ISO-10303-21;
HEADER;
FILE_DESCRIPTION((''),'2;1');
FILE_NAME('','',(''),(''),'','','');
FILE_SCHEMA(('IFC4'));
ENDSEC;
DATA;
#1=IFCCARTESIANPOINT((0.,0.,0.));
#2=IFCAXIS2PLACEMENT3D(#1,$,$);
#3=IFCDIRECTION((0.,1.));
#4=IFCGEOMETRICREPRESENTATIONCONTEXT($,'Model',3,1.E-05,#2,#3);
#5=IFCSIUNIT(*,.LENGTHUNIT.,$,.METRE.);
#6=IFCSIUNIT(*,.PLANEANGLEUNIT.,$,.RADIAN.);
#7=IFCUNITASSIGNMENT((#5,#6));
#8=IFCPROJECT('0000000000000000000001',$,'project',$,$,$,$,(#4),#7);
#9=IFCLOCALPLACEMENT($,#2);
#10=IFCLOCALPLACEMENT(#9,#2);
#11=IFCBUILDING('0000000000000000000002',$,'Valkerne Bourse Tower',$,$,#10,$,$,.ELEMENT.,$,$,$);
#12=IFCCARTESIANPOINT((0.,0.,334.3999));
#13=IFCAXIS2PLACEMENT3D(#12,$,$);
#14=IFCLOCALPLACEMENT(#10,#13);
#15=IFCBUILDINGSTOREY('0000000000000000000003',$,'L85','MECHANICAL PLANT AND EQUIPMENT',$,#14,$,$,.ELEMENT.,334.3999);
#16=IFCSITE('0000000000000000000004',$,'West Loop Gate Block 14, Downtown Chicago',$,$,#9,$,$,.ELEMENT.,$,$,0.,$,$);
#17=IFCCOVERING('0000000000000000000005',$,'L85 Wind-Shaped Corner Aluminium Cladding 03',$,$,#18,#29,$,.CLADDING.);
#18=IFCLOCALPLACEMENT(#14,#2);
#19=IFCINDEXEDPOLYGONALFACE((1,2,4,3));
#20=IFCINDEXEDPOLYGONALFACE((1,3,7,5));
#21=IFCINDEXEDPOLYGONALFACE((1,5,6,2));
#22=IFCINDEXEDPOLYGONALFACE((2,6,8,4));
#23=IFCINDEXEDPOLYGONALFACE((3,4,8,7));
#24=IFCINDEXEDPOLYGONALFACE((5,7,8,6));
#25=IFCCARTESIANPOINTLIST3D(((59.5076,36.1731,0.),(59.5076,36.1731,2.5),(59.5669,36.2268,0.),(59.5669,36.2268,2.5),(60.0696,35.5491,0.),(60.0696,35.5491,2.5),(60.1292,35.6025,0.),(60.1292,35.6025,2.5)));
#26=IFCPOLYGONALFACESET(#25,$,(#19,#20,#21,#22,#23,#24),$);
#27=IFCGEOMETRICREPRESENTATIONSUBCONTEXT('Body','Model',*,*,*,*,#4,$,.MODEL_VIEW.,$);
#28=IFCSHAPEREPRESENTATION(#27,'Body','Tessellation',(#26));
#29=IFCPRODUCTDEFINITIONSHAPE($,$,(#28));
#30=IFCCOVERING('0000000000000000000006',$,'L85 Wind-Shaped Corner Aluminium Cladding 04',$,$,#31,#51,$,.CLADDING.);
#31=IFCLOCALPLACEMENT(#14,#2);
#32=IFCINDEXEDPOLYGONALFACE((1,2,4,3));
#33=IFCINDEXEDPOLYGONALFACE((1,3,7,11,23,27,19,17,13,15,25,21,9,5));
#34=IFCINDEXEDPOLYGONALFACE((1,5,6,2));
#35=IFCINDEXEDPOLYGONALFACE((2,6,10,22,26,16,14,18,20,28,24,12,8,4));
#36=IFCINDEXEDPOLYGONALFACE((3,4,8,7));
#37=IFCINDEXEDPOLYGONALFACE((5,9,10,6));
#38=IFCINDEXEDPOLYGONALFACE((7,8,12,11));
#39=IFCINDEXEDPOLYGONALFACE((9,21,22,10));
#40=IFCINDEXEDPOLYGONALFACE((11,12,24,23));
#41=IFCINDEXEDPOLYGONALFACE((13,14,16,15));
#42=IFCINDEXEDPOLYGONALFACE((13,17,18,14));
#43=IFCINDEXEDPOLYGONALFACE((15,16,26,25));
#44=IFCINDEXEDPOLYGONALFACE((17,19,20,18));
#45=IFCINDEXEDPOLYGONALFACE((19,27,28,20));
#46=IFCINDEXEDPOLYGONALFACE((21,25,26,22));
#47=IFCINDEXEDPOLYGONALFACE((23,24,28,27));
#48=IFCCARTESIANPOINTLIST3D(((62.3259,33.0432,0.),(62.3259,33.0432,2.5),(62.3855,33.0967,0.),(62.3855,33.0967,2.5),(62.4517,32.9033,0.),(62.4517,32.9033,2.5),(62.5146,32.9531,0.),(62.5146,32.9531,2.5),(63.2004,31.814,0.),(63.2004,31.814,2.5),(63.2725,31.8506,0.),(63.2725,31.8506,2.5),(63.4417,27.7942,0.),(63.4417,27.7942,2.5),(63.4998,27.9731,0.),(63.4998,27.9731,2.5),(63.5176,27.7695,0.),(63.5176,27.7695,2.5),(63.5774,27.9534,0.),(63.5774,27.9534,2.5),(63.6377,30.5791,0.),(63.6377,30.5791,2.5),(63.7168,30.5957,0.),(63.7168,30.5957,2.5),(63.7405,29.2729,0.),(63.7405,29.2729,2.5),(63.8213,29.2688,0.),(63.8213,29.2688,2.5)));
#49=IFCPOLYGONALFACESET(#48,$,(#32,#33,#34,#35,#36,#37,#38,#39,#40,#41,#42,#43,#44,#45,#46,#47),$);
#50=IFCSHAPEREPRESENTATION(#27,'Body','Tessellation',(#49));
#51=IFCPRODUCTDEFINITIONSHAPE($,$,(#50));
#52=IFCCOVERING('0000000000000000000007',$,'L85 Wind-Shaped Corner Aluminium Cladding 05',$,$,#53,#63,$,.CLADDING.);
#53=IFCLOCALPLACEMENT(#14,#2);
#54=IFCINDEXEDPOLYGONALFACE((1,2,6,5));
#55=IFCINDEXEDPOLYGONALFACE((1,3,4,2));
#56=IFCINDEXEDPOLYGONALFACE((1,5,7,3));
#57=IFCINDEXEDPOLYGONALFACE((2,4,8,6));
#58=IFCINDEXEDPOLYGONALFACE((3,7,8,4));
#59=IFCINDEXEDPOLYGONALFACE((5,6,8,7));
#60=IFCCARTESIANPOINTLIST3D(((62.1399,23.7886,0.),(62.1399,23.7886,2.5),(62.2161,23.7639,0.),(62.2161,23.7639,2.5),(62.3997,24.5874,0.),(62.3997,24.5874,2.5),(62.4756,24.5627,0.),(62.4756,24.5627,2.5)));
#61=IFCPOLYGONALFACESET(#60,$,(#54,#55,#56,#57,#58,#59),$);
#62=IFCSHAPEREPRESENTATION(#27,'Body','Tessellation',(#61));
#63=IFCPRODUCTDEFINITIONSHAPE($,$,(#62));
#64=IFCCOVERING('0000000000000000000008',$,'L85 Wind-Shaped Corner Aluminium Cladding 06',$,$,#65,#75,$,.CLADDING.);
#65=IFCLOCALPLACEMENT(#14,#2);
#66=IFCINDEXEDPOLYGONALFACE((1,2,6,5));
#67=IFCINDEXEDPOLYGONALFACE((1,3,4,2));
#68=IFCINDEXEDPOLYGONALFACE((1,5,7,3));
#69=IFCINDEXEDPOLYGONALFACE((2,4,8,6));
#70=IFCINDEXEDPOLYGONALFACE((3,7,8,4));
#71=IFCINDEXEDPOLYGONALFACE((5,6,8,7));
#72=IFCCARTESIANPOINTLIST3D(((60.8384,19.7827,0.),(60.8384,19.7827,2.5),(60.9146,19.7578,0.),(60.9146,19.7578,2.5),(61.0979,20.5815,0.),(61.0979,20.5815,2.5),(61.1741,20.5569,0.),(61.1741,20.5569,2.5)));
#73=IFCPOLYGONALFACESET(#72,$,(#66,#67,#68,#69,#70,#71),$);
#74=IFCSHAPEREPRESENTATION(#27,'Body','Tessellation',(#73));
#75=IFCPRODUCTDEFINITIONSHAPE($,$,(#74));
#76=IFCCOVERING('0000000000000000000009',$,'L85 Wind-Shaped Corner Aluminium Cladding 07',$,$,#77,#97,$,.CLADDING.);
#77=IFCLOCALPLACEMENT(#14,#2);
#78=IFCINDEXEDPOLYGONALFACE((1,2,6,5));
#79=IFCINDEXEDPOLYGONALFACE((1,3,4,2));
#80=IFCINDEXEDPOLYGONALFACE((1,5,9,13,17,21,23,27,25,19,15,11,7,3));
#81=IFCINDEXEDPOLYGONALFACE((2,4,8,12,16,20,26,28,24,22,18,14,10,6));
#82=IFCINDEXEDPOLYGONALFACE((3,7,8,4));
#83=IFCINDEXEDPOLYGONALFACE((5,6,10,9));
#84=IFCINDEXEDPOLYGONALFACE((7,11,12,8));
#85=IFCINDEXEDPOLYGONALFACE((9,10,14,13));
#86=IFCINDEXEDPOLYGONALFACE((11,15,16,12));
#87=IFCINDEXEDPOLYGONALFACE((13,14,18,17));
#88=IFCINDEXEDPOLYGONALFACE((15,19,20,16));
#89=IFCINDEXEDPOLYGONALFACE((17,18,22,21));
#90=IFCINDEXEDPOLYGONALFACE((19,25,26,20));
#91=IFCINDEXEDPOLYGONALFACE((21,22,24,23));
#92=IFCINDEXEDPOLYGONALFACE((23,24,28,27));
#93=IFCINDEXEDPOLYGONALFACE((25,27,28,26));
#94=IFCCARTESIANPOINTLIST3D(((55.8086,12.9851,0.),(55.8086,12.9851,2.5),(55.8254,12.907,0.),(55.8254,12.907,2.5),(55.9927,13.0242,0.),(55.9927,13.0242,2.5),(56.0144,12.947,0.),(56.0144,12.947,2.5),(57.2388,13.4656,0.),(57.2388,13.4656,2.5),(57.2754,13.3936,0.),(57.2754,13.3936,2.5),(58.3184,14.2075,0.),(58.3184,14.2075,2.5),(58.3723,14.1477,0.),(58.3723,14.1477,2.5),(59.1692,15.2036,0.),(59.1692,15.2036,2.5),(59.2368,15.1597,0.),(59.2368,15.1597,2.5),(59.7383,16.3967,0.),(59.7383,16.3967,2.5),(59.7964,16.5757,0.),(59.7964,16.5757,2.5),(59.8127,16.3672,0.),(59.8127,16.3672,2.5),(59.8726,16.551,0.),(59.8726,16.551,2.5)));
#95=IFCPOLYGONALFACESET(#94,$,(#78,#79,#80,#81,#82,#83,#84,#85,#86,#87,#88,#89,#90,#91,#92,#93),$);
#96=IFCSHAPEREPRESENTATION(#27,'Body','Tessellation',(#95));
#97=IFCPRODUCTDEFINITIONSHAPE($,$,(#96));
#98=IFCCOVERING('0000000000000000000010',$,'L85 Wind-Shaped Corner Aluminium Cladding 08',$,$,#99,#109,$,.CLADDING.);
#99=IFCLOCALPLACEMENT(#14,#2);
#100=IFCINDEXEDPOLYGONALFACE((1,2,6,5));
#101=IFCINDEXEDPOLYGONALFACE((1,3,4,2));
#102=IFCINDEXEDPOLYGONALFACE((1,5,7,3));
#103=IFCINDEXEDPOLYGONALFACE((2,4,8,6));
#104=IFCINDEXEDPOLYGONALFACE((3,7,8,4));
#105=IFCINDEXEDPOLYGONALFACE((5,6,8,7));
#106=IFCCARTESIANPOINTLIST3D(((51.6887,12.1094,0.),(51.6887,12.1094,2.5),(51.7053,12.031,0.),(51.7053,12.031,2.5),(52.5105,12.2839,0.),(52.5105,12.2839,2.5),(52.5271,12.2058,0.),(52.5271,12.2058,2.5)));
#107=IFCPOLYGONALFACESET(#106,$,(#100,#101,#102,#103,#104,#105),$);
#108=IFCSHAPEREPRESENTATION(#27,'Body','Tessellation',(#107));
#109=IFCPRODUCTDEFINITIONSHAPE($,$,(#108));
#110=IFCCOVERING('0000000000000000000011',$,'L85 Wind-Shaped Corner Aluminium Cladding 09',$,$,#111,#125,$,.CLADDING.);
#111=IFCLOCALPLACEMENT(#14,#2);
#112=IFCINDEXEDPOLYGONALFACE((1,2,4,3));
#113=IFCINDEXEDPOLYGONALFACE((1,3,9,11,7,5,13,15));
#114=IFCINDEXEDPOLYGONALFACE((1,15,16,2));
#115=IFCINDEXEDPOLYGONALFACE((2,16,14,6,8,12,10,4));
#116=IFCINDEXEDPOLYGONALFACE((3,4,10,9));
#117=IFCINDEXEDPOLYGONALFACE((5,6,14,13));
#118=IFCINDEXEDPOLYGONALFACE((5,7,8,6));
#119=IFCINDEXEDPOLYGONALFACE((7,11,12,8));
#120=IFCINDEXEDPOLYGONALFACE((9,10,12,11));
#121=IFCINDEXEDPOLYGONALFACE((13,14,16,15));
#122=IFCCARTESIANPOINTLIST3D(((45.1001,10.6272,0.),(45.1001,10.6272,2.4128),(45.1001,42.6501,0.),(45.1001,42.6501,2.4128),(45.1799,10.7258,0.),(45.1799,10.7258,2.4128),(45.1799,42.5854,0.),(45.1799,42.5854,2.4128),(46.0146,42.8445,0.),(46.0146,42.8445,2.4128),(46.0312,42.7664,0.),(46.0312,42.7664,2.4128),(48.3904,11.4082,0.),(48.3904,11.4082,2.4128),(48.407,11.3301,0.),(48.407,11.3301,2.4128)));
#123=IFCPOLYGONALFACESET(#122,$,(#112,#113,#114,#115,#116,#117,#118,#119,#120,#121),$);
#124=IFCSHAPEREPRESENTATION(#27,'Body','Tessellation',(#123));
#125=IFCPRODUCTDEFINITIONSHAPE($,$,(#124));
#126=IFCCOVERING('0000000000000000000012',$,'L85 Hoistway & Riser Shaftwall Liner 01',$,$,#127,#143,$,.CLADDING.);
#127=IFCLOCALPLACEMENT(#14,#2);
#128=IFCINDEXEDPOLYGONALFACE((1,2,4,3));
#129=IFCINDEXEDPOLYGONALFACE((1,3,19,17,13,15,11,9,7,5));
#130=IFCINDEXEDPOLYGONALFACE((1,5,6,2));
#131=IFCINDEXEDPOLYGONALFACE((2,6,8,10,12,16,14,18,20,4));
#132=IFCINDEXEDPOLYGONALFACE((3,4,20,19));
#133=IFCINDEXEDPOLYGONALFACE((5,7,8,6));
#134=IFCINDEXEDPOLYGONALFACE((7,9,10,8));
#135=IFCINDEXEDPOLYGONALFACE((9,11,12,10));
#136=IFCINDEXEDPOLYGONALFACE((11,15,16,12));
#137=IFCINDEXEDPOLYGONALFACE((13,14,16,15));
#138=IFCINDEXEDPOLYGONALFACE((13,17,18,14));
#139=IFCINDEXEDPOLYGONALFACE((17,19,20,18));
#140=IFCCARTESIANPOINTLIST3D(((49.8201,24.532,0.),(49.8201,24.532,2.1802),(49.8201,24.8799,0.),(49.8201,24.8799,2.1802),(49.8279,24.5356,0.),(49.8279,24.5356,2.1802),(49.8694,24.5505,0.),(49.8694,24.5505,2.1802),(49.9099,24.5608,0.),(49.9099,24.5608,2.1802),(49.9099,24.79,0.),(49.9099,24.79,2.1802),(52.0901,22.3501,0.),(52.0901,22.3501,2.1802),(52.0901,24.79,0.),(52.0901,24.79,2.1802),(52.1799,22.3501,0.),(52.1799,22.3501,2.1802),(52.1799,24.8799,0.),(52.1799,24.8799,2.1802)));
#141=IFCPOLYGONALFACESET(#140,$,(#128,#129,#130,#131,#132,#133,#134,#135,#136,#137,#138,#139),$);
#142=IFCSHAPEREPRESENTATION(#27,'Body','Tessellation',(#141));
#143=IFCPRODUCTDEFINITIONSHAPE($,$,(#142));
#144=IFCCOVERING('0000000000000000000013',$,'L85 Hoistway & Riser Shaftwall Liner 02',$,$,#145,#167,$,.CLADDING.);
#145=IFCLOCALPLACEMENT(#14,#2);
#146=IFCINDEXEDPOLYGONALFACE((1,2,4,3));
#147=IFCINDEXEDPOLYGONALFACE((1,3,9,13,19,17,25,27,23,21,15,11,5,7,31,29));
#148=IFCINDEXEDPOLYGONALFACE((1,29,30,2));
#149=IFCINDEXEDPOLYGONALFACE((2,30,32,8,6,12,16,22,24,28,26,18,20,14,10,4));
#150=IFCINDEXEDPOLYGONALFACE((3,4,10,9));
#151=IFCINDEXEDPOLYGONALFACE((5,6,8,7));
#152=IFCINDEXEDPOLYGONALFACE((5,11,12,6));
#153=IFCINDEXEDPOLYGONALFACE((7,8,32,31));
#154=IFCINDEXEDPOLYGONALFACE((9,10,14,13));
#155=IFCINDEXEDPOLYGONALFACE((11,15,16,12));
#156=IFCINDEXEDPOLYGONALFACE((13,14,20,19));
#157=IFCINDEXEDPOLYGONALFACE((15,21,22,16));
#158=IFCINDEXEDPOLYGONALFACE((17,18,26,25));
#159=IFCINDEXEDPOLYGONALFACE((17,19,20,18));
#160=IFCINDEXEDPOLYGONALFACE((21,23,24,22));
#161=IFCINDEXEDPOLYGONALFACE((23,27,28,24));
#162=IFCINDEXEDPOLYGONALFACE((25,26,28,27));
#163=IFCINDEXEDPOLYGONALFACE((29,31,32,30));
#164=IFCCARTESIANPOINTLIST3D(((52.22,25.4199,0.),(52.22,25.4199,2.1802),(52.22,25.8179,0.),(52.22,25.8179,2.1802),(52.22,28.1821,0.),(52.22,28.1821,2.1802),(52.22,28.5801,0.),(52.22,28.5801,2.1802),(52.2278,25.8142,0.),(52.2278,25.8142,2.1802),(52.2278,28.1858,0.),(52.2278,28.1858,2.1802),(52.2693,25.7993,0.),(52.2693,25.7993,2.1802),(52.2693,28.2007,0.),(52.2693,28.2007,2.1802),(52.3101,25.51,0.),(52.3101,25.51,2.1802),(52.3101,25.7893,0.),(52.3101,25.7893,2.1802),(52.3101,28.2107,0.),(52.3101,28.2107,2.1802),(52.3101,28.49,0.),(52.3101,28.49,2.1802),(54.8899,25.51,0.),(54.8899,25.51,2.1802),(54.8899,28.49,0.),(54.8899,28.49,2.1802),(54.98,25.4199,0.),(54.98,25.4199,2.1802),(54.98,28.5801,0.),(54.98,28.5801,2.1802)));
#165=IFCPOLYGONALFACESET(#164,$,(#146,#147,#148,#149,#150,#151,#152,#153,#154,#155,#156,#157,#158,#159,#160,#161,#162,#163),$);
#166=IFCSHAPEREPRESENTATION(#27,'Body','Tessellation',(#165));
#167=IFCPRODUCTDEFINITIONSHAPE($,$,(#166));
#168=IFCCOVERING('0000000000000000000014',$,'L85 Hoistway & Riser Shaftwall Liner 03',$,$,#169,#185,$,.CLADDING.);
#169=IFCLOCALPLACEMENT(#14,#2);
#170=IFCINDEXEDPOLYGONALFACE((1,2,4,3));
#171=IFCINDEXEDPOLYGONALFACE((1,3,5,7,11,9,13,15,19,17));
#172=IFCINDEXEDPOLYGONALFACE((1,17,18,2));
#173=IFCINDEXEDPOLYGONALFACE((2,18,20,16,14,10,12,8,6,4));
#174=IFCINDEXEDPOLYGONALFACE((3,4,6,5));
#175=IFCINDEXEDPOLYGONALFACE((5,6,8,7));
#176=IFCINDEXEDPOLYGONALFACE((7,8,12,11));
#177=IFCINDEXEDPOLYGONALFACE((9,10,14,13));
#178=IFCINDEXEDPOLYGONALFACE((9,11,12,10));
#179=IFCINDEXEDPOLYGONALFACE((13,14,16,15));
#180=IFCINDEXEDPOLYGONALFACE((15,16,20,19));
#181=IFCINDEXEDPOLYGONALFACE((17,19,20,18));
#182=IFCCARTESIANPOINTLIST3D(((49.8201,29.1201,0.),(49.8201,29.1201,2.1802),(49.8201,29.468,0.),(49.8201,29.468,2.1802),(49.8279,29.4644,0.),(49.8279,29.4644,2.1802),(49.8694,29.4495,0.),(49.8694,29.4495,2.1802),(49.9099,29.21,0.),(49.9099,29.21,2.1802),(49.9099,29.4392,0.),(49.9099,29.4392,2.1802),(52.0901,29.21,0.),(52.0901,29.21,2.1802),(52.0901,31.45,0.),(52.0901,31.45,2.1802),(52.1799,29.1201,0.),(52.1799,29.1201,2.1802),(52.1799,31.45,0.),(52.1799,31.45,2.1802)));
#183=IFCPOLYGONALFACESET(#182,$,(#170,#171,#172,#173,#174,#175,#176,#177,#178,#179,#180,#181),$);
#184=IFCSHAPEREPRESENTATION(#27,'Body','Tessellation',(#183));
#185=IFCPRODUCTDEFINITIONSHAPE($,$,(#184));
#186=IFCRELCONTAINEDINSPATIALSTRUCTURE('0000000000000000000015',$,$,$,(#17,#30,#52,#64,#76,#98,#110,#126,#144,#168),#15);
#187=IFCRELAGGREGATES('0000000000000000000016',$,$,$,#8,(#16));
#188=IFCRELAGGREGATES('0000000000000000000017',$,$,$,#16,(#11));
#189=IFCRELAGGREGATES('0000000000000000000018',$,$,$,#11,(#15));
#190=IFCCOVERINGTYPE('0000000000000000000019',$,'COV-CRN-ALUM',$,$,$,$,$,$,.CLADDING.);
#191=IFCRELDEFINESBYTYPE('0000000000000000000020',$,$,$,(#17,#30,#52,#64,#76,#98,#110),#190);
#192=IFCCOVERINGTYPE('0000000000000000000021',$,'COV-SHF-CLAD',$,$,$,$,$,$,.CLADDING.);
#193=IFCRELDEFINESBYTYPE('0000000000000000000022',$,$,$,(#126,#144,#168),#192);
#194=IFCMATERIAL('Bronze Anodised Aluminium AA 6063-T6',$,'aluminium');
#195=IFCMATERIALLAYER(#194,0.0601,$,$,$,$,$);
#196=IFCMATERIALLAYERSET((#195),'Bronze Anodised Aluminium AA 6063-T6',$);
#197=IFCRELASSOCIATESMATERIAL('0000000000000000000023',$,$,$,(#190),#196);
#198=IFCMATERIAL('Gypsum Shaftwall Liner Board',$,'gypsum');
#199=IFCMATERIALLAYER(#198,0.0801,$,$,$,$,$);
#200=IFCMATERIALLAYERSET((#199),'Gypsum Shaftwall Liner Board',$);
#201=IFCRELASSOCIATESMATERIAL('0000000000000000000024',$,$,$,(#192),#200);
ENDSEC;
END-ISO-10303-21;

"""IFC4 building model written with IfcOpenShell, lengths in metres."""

from ifc_helpers import new_model, si_unit, direction, frame, origin, place, context, subcontext, project, spatial, polyline, outline, extrude, material, layer, layer_set, type_object, element, save


model = new_model("IFC4")

# Units and contexts
model_context = context("Model", 3, precision=1e-05, world=origin(), true_north=direction((0.0, 1.0)))
body_context = subcontext(model_context, "Body", "Model", "MODEL_VIEW")
ifc_project = project(units=[si_unit("LENGTHUNIT", "METRE"), si_unit("PLANEANGLEUNIT", "RADIAN")], contexts=[model_context])

# Site, building, storey
site_placement = place(None, origin())
site = spatial("IfcSite", under=ifc_project, at=site_placement, Name="West Loop Gate Block 14, Downtown Chicago", CompositionType="ELEMENT", RefElevation=0.0)
building_placement = place(site_placement, origin())
building = spatial("IfcBuilding", under=site, at=building_placement, Name="Valkerne Bourse Tower", CompositionType="ELEMENT")
storey_placement = place(building_placement, frame((0.0, 0.0, 334.3999)))
storey = spatial("IfcBuildingStorey", under=building, at=storey_placement, Name="L85", Description="MECHANICAL PLANT AND EQUIPMENT", CompositionType="ELEMENT", Elevation=334.3999)

# Coverings
ifc_material_1 = material(Name="Bronze Anodised Aluminium AA 6063-T6", Category="aluminium")
ifc_layer_1 = layer(ifc_material_1, 0.0601)
ifc_layer_set_1 = layer_set([ifc_layer_1], Name="Bronze Anodised Aluminium AA 6063-T6")
covering_type_1 = type_object("IfcCoveringType", Name="COV-CRN-ALUM", PredefinedType="CLADDING", material=ifc_layer_set_1)
covering_1_placement = place(storey_placement, origin())
element("IfcCovering", 1, at=covering_1_placement, inside=storey, type_object=covering_type_1, Name="L85 Wind-Shaped Corner Aluminium Cladding 03", PredefinedType="CLADDING", context=body_context, shape_type="SweptSolid", body=[
    extrude(outline(polyline([(60.1292, 35.6025), (60.0696, 35.5491), (59.5076, 36.1731), (59.5669, 36.2268), (60.1292, 35.6025)])), origin(), (0.0, 0.0, 1.0), 2.5),
])
covering_2_placement = place(storey_placement, origin())
element("IfcCovering", 2, at=covering_2_placement, inside=storey, type_object=covering_type_1, Name="L85 Wind-Shaped Corner Aluminium Cladding 04", PredefinedType="CLADDING", context=body_context, shape_type="SweptSolid", body=[
    extrude(outline(polyline([(62.5146, 32.9531), (63.2725, 31.8506), (63.7168, 30.5957), (63.8213, 29.2688), (63.5774, 27.9534), (63.5176, 27.7695), (63.4417, 27.7942), (63.4998, 27.9731), (63.7405, 29.2729), (63.6377, 30.5791), (63.2004, 31.814), (62.4517, 32.9033), (62.3259, 33.0432), (62.3855, 33.0967), (62.5146, 32.9531)])), origin(), (0.0, 0.0, 1.0), 2.5),
])
covering_3_placement = place(storey_placement, origin())
element("IfcCovering", 3, at=covering_3_placement, inside=storey, type_object=covering_type_1, Name="L85 Wind-Shaped Corner Aluminium Cladding 05", PredefinedType="CLADDING", context=body_context, shape_type="SweptSolid", body=[
    extrude(outline(polyline([(62.2161, 23.7639), (62.1399, 23.7886), (62.3997, 24.5874), (62.4756, 24.5627), (62.2161, 23.7639)])), origin(), (0.0, 0.0, 1.0), 2.5),
])
covering_4_placement = place(storey_placement, origin())
element("IfcCovering", 4, at=covering_4_placement, inside=storey, type_object=covering_type_1, Name="L85 Wind-Shaped Corner Aluminium Cladding 06", PredefinedType="CLADDING", context=body_context, shape_type="SweptSolid", body=[
    extrude(outline(polyline([(60.9146, 19.7578), (60.8384, 19.7827), (61.0979, 20.5815), (61.1741, 20.5569), (60.9146, 19.7578)])), origin(), (0.0, 0.0, 1.0), 2.5),
])
covering_5_placement = place(storey_placement, origin())
element("IfcCovering", 5, at=covering_5_placement, inside=storey, type_object=covering_type_1, Name="L85 Wind-Shaped Corner Aluminium Cladding 07", PredefinedType="CLADDING", context=body_context, shape_type="SweptSolid", body=[
    extrude(outline(polyline([(59.8127, 16.3672), (59.2368, 15.1597), (58.3723, 14.1477), (57.2754, 13.3936), (56.0144, 12.947), (55.8254, 12.907), (55.8086, 12.9851), (55.9927, 13.0242), (57.2388, 13.4656), (58.3184, 14.2075), (59.1692, 15.2036), (59.7383, 16.3967), (59.7964, 16.5757), (59.8726, 16.551), (59.8127, 16.3672)])), origin(), (0.0, 0.0, 1.0), 2.5),
])
covering_6_placement = place(storey_placement, origin())
element("IfcCovering", 6, at=covering_6_placement, inside=storey, type_object=covering_type_1, Name="L85 Wind-Shaped Corner Aluminium Cladding 08", PredefinedType="CLADDING", context=body_context, shape_type="SweptSolid", body=[
    extrude(outline(polyline([(51.7053, 12.031), (51.6887, 12.1094), (52.5105, 12.2839), (52.5271, 12.2058), (51.7053, 12.031)])), origin(), (0.0, 0.0, 1.0), 2.5),
])
covering_7_placement = place(storey_placement, origin())
element("IfcCovering", 7, at=covering_7_placement, inside=storey, type_object=covering_type_1, Name="L85 Wind-Shaped Corner Aluminium Cladding 09", PredefinedType="CLADDING", context=body_context, shape_type="SweptSolid", body=[
    extrude(outline(polyline([(45.1001, 10.6272), (45.1001, 42.6501), (46.0146, 42.8445), (46.0312, 42.7664), (45.1799, 42.5854), (45.1799, 10.7258), (48.3904, 11.4082), (48.407, 11.3301), (45.1001, 10.6272)])), origin(), (0.0, 0.0, 1.0), 2.4128),
])
ifc_material_2 = material(Name="Gypsum Shaftwall Liner Board", Category="gypsum")
ifc_layer_2 = layer(ifc_material_2, 0.0801)
ifc_layer_set_2 = layer_set([ifc_layer_2], Name="Gypsum Shaftwall Liner Board")
covering_type_2 = type_object("IfcCoveringType", Name="COV-SHF-CLAD", PredefinedType="CLADDING", material=ifc_layer_set_2)
covering_8_placement = place(storey_placement, origin())
element("IfcCovering", 8, at=covering_8_placement, inside=storey, type_object=covering_type_2, Name="L85 Hoistway & Riser Shaftwall Liner 01", PredefinedType="CLADDING", context=body_context, shape_type="SweptSolid", body=[
    extrude(outline(polyline([(52.1799, 24.8799), (52.1799, 22.3501), (52.0901, 22.3501), (52.0901, 24.79), (49.9099, 24.79), (49.9099, 24.5608), (49.8694, 24.5505), (49.8279, 24.5356), (49.8201, 24.532), (49.8201, 24.8799), (52.1799, 24.8799)])), origin(), (0.0, 0.0, 1.0), 2.1802),
])
covering_9_placement = place(storey_placement, origin())
element("IfcCovering", 9, at=covering_9_placement, inside=storey, type_object=covering_type_2, Name="L85 Hoistway & Riser Shaftwall Liner 02", PredefinedType="CLADDING", context=body_context, shape_type="SweptSolid", body=[
    extrude(outline(polyline([(52.22, 25.8179), (52.2278, 25.8142), (52.2693, 25.7993), (52.3101, 25.7893), (52.3101, 25.51), (54.8899, 25.51), (54.8899, 28.49), (52.3101, 28.49), (52.3101, 28.2107), (52.2693, 28.2007), (52.2278, 28.1858), (52.22, 28.1821), (52.22, 28.5801), (54.98, 28.5801), (54.98, 25.4199), (52.22, 25.4199), (52.22, 25.8179)])), origin(), (0.0, 0.0, 1.0), 2.1802),
])
covering_10_placement = place(storey_placement, origin())
element("IfcCovering", 10, at=covering_10_placement, inside=storey, type_object=covering_type_2, Name="L85 Hoistway & Riser Shaftwall Liner 03", PredefinedType="CLADDING", context=body_context, shape_type="SweptSolid", body=[
    extrude(outline(polyline([(49.8201, 29.1201), (49.8201, 29.468), (49.8279, 29.4644), (49.8694, 29.4495), (49.9099, 29.4392), (49.9099, 29.21), (52.0901, 29.21), (52.0901, 31.45), (52.1799, 31.45), (52.1799, 29.1201), (49.8201, 29.1201)])), origin(), (0.0, 0.0, 1.0), 2.1802),
])

save(model, "model.ifc")
